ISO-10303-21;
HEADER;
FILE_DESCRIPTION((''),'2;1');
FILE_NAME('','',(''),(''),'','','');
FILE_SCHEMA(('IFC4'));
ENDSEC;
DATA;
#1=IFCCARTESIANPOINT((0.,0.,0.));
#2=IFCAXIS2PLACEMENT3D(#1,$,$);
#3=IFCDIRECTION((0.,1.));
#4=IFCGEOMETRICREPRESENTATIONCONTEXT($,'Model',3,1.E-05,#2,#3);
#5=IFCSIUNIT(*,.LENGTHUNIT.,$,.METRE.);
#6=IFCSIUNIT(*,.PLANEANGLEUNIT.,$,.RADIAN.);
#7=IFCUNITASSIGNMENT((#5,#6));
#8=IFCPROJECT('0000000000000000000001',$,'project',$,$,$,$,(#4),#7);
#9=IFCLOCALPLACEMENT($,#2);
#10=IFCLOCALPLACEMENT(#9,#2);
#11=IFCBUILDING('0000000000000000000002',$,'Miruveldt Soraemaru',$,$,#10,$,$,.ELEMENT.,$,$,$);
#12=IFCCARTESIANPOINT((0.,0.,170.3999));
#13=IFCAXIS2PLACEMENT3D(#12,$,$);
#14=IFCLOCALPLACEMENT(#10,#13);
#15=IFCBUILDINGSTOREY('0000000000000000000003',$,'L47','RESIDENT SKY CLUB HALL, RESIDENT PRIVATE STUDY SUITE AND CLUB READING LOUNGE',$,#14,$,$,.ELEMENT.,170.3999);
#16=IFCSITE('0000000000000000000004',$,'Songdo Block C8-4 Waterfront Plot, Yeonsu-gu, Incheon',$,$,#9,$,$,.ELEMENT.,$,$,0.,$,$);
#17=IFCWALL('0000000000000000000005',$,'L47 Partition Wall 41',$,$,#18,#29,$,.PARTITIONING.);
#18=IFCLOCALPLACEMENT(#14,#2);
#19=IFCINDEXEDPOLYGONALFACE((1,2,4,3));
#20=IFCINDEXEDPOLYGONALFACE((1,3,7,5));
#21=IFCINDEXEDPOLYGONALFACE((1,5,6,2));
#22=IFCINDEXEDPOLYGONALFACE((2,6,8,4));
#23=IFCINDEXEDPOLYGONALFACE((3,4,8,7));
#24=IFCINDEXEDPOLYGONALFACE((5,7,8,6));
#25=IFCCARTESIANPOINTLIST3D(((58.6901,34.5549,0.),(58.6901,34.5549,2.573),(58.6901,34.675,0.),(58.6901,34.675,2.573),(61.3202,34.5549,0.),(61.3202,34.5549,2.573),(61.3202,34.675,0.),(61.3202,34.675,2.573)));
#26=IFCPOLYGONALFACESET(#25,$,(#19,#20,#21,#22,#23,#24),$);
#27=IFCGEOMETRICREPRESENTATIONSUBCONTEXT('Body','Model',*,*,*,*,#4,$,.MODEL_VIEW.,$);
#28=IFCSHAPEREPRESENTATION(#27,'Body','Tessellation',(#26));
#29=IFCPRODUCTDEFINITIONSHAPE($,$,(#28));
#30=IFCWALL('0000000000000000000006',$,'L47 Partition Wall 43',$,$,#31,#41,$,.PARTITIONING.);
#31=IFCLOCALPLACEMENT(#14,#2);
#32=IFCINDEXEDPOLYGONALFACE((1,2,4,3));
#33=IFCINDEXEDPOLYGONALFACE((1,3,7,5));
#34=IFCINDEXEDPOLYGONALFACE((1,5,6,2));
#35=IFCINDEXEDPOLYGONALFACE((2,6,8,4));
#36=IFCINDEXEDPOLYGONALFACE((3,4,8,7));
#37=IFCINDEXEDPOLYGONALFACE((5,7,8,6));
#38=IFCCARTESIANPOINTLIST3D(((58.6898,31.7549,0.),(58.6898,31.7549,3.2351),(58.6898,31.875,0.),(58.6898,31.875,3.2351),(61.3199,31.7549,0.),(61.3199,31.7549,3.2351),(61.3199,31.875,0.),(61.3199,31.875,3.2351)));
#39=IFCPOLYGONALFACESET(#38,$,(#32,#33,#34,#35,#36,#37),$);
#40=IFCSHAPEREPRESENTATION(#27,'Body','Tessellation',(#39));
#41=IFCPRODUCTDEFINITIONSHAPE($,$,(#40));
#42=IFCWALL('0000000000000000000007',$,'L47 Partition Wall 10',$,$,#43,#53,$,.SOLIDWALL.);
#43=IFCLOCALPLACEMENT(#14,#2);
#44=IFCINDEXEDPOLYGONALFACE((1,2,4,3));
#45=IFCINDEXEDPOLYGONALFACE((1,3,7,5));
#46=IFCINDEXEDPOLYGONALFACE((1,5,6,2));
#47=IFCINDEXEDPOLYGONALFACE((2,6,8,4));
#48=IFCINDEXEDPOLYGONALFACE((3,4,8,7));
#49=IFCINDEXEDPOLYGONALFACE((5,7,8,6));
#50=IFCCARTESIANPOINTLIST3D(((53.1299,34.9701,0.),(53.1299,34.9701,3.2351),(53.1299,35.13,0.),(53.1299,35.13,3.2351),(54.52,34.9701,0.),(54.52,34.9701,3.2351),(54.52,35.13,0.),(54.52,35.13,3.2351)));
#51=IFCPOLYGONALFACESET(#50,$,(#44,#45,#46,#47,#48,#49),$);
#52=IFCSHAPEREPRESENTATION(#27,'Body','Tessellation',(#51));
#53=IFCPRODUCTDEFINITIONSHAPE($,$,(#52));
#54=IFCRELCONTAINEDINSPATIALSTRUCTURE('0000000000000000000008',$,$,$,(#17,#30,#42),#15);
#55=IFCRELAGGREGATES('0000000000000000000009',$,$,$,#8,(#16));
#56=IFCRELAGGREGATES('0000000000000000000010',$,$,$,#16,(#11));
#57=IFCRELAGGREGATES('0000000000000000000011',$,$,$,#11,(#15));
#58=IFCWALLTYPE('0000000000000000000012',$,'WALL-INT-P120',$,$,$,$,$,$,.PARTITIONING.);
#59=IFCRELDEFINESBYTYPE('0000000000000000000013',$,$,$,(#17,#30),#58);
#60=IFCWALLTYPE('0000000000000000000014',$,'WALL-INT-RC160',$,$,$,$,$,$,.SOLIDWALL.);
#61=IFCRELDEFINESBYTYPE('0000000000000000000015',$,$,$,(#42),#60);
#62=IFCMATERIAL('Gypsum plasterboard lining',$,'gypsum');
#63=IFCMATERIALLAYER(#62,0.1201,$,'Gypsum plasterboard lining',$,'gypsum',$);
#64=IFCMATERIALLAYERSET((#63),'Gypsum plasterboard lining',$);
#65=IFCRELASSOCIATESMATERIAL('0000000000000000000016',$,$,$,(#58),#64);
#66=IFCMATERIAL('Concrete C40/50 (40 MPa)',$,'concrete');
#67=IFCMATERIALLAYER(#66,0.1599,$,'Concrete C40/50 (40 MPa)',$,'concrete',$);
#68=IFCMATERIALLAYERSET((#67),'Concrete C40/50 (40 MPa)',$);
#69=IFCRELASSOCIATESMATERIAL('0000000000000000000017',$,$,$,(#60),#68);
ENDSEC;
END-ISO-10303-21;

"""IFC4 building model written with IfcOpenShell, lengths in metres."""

from ifc_helpers import new_model, si_unit, direction, frame, frame_2d, origin, place, context, subcontext, project, spatial, rectangle, extrude, material, layer, layer_set, type_object, element, save


model = new_model("IFC4")

# Units and contexts
model_context = context("Model", 3, precision=1e-05, world=origin(), true_north=direction((0.0, 1.0)))
body_context = subcontext(model_context, "Body", "Model", "MODEL_VIEW")
ifc_project = project(units=[si_unit("LENGTHUNIT", "METRE"), si_unit("PLANEANGLEUNIT", "RADIAN")], contexts=[model_context])

# Site, building, storey
site_placement = place(None, origin())
site = spatial("IfcSite", under=ifc_project, at=site_placement, Name="Songdo Block C8-4 Waterfront Plot, Yeonsu-gu, Incheon", CompositionType="ELEMENT", RefElevation=0.0)
building_placement = place(site_placement, origin())
building = spatial("IfcBuilding", under=site, at=building_placement, Name="Miruveldt Soraemaru", CompositionType="ELEMENT")
storey_placement = place(building_placement, frame((0.0, 0.0, 170.3999)))
storey = spatial("IfcBuildingStorey", under=building, at=storey_placement, Name="L47", Description="RESIDENT SKY CLUB HALL, RESIDENT PRIVATE STUDY SUITE AND CLUB READING LOUNGE", CompositionType="ELEMENT", Elevation=170.3999)

# Shared definitions
ifc_material_1 = material(Name="Gypsum plasterboard lining", Category="gypsum")
ifc_layer_1 = layer(ifc_material_1, 0.1201, Name="Gypsum plasterboard lining", Category="gypsum")
ifc_layer_set_1 = layer_set([ifc_layer_1], Name="Gypsum plasterboard lining")
wall_type_1 = type_object("IfcWallType", Name="WALL-INT-P120", PredefinedType="PARTITIONING", material=ifc_layer_set_1)

# Walls
wall_1_placement = place(storey_placement, frame((61.3201, 34.615, 0.0), z_axis=(0.0, 0.0, 1.0), x_axis=(-1.0, 0.0, 0.0)))
element("IfcWall", 1, at=wall_1_placement, inside=storey, type_object=wall_type_1, Name="L47 Partition Wall 41", PredefinedType="PARTITIONING", context=body_context, shape_type="SweptSolid", body=[
    extrude(rectangle(XDim=2.6301, YDim=0.1201, at=frame_2d((1.3149, 0.0))), origin(), (0.0, 0.0, 1.0), 2.573),
])
wall_2_placement = place(storey_placement, frame((58.6899, 31.8149, 0.0), z_axis=(0.0, 0.0, 1.0), x_axis=(1.0, 0.0, 0.0)))
element("IfcWall", 2, at=wall_2_placement, inside=storey, type_object=wall_type_1, Name="L47 Partition Wall 43", PredefinedType="PARTITIONING", context=body_context, shape_type="SweptSolid", body=[
    extrude(rectangle(XDim=2.6301, YDim=0.1201, at=frame_2d((1.3149, 0.0))), origin(), (0.0, 0.0, 1.0), 3.2351),
])
ifc_material_2 = material(Name="Concrete C40/50 (40 MPa)", Category="concrete")
ifc_layer_2 = layer(ifc_material_2, 0.1599, Name="Concrete C40/50 (40 MPa)", Category="concrete")
ifc_layer_set_2 = layer_set([ifc_layer_2], Name="Concrete C40/50 (40 MPa)")
wall_type_2 = type_object("IfcWallType", Name="WALL-INT-RC160", PredefinedType="SOLIDWALL", material=ifc_layer_set_2)
wall_3_placement = place(storey_placement, frame((53.1299, 35.05, 0.0), z_axis=(0.0, 0.0, 1.0), x_axis=(1.0, 0.0, 0.0)))
element("IfcWall", 3, at=wall_3_placement, inside=storey, type_object=wall_type_2, Name="L47 Partition Wall 10", PredefinedType="SOLIDWALL", context=body_context, shape_type="SweptSolid", body=[
    extrude(rectangle(XDim=1.3901, YDim=0.1599, at=frame_2d((0.6951, 0.0))), origin(), (0.0, 0.0, 1.0), 3.2351),
])

save(model, "model.ifc")
